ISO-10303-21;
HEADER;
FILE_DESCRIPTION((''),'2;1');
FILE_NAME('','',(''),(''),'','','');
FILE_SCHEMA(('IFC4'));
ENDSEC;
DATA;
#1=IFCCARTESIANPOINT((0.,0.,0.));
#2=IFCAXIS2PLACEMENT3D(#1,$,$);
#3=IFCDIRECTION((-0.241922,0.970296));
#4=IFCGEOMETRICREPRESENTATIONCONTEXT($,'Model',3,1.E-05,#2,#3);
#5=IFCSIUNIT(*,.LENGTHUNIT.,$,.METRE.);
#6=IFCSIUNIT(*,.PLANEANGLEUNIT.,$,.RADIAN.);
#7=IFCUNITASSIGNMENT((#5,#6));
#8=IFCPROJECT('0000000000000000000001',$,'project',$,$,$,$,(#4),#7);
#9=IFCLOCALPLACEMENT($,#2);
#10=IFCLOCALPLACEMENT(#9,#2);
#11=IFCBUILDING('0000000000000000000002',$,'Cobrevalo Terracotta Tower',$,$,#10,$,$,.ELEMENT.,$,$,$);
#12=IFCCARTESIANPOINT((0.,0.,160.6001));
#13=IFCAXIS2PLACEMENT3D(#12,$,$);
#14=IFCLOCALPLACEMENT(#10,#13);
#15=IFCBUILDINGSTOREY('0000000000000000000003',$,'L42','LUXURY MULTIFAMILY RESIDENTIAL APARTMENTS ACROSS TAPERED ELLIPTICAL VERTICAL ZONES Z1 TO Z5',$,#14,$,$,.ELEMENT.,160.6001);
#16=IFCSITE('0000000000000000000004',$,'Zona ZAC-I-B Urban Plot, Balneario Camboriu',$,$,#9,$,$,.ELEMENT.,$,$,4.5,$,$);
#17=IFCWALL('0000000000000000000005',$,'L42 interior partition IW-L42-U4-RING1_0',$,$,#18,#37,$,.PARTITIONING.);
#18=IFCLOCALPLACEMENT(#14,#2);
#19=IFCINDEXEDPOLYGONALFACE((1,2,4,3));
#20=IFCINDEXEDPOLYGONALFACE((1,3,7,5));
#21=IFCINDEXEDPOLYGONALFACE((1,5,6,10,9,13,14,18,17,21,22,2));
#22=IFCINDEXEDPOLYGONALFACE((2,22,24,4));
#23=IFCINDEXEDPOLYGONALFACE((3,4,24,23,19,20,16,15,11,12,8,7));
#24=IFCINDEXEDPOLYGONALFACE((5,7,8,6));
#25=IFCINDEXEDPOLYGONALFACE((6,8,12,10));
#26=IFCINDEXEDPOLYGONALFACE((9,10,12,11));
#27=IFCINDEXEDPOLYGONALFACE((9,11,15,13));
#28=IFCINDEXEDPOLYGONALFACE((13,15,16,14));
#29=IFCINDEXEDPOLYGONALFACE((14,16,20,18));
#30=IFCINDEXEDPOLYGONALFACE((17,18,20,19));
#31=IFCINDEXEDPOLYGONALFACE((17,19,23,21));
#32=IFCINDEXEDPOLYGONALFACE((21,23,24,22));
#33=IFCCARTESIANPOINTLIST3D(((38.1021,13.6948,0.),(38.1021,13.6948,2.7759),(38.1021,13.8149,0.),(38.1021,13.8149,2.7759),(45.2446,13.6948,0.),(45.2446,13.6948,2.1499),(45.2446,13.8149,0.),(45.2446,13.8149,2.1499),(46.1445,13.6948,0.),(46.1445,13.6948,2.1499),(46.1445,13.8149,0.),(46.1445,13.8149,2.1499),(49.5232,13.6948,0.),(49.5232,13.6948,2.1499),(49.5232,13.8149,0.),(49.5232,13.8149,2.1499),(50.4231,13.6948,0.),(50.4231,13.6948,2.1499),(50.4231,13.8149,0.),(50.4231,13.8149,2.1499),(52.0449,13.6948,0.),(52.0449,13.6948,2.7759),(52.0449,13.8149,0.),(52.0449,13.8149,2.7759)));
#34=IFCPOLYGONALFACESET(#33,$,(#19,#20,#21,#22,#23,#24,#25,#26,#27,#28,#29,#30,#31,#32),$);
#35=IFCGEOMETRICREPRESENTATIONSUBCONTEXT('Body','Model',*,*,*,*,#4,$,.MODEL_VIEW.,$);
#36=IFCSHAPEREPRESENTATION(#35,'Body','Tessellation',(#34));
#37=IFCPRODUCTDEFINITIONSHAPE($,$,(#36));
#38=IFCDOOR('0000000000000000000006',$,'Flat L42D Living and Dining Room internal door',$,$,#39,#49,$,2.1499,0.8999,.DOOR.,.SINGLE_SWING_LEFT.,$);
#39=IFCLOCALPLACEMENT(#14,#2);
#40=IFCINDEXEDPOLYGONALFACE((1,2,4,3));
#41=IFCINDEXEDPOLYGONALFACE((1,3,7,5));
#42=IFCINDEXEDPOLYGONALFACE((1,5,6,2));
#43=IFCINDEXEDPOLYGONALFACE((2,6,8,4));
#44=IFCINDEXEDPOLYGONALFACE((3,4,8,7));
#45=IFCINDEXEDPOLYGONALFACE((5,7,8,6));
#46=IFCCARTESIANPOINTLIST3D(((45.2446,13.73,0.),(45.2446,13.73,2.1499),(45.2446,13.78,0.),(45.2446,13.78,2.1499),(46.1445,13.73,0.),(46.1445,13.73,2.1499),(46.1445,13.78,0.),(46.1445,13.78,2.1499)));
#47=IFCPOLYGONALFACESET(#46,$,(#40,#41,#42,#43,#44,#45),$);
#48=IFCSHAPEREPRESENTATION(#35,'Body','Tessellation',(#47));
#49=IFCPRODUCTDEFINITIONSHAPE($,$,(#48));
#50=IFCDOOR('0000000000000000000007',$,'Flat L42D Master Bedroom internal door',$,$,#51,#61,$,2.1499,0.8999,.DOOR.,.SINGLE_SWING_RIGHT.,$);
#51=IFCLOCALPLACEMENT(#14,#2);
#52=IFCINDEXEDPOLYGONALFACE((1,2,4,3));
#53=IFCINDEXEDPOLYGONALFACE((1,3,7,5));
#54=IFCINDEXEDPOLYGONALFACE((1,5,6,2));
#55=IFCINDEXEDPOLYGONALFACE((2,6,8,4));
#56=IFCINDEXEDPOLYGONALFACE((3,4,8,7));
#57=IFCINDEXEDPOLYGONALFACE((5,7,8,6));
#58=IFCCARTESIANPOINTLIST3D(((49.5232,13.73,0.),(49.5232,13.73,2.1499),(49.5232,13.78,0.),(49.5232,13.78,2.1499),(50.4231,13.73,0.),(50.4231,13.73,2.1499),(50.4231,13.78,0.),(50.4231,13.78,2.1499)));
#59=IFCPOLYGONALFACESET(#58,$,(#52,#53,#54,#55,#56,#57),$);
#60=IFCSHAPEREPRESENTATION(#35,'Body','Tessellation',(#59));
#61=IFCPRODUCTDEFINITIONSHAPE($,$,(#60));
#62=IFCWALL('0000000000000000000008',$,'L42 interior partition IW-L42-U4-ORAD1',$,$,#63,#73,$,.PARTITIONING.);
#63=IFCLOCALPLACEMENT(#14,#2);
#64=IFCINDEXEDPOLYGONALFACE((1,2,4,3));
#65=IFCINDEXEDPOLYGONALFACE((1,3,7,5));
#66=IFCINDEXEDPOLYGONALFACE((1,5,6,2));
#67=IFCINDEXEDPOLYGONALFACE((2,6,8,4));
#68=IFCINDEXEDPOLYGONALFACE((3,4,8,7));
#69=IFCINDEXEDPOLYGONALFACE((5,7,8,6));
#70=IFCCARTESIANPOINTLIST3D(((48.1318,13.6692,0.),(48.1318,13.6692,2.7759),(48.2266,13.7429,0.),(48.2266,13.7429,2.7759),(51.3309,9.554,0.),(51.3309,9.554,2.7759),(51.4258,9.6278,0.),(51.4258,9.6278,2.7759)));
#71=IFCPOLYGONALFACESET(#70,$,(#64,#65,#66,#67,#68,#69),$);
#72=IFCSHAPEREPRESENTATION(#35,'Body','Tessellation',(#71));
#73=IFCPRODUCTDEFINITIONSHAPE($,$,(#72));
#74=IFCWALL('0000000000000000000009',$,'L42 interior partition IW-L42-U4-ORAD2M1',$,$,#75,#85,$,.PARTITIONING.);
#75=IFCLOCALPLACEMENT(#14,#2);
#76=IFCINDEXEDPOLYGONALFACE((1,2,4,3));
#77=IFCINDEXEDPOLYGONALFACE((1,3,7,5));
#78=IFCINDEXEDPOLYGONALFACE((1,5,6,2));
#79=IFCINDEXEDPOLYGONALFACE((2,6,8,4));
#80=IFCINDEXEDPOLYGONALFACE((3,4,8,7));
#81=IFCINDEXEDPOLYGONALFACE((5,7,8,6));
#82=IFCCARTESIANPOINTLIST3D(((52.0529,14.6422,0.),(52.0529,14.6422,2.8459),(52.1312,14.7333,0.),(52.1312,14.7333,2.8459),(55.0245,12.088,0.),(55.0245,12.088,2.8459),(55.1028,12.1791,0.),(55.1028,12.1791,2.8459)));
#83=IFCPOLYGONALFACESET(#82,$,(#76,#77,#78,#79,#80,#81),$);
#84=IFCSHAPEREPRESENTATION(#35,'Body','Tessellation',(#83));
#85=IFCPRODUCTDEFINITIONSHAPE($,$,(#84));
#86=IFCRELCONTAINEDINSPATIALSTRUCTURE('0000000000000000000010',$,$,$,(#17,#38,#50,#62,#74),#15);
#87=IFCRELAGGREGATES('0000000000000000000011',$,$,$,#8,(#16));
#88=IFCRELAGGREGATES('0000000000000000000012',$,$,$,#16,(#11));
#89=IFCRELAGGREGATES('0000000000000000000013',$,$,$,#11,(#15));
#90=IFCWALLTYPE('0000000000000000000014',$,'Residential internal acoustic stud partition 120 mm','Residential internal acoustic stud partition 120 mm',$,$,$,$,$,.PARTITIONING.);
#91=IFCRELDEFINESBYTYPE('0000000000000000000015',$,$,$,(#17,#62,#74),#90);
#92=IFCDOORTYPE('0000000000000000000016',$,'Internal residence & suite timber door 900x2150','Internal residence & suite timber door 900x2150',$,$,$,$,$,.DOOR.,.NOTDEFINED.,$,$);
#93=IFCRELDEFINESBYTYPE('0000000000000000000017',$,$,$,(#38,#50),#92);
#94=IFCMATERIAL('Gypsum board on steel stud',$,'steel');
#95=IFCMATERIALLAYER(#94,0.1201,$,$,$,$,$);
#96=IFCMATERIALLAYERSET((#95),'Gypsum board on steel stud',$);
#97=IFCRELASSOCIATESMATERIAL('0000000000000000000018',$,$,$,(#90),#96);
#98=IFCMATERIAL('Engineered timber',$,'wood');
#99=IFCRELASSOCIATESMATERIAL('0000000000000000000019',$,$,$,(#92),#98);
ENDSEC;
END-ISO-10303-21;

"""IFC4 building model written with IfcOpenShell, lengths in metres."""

from ifc_helpers import new_model, si_unit, direction, frame, frame_2d, origin, place, context, subcontext, project, spatial, rectangle, extrude, source, transform, mapped, material, layer, layer_set, type_object, element, fill, save


model = new_model("IFC4")

# Units and contexts
model_context = context("Model", 3, precision=1e-05, world=origin(), true_north=direction((-0.241922, 0.970296)))
body_context = subcontext(model_context, "Body", "Model", "MODEL_VIEW")
ifc_project = project(units=[si_unit("LENGTHUNIT", "METRE"), si_unit("PLANEANGLEUNIT", "RADIAN")], contexts=[model_context])

# Site, building, storey
site_placement = place(None, origin())
site = spatial("IfcSite", under=ifc_project, at=site_placement, Name="Zona ZAC-I-B Urban Plot, Balneario Camboriu", CompositionType="ELEMENT", RefElevation=4.5)
building_placement = place(site_placement, origin())
building = spatial("IfcBuilding", under=site, at=building_placement, Name="Cobrevalo Terracotta Tower", CompositionType="ELEMENT")
storey_placement = place(building_placement, frame((0.0, 0.0, 160.6001)))
storey = spatial("IfcBuildingStorey", under=building, at=storey_placement, Name="L42", Description="LUXURY MULTIFAMILY RESIDENTIAL APARTMENTS ACROSS TAPERED ELLIPTICAL VERTICAL ZONES Z1 TO Z5", CompositionType="ELEMENT", Elevation=160.6001)

# Wall, openings, doors
ifc_material_1 = material(Name="Gypsum board on steel stud", Category="steel")
ifc_layer_1 = layer(ifc_material_1, 0.1201)
ifc_layer_set_1 = layer_set([ifc_layer_1], Name="Gypsum board on steel stud")
wall_type = type_object("IfcWallType", Name="Residential internal acoustic stud partition 120 mm", Description="Residential internal acoustic stud partition 120 mm", PredefinedType="PARTITIONING", material=ifc_layer_set_1)
wall_1_placement = place(storey_placement, frame((52.0449, 13.7549, 0.0), z_axis=(0.0, 0.0, 1.0), x_axis=(-1.0, 0.0, 0.0)))
wall_1 = element("IfcWall", 1, at=wall_1_placement, inside=storey, type_object=wall_type, Name="L42 interior partition IW-L42-U4-RING1_0", PredefinedType="PARTITIONING", context=body_context, shape_type="SweptSolid", body=[
    extrude(rectangle(XDim=13.9429, YDim=0.1201, at=frame_2d((6.9714, 0.0))), origin(), (0.0, 0.0, 1.0), 2.7759),
])
opening_1_placement = place(wall_1_placement, frame((5.9004, 0.0, 0.0)))
opening_1 = element("IfcOpeningElement", 2, at=opening_1_placement, cuts=wall_1, PredefinedType="OPENING", context=body_context, shape_type="SweptSolid", body=[
    extrude(rectangle(XDim=0.8999, YDim=2.1499, at=frame_2d((0.45, 1.075))), frame((0.0, 0.0701, 0.0), z_axis=(0.0, -1.0, 0.0), x_axis=(1.0, 0.0, 0.0)), (0.0, 0.0, 1.0), 0.1401),
])
opening_2_placement = place(wall_1_placement, frame((1.6218, 0.0, 0.0)))
opening_2 = element("IfcOpeningElement", 3, at=opening_2_placement, cuts=wall_1, PredefinedType="OPENING", context=body_context, shape_type="SweptSolid", body=[
    extrude(rectangle(XDim=0.8999, YDim=2.1499, at=frame_2d((0.45, 1.075))), frame((0.0, 0.0701, 0.0), z_axis=(0.0, -1.0, 0.0), x_axis=(1.0, 0.0, 0.0)), (0.0, 0.0, 1.0), 0.1401),
])
ifc_material_2 = material(Name="Engineered timber", Category="wood")
door_type = type_object("IfcDoorType", Name="Internal residence & suite timber door 900x2150", Description="Internal residence & suite timber door 900x2150", OperationType="NOTDEFINED", PredefinedType="DOOR", material=ifc_material_2)
shared_shape_1 = source(origin(), body_context, "Body", "SweptSolid", [
    extrude(rectangle(XDim=0.8999, YDim=2.1499, at=frame_2d((0.45, 1.075))), frame((0.0, 0.0249, 0.0), z_axis=(0.0, -1.0, 0.0), x_axis=(1.0, 0.0, 0.0)), (0.0, 0.0, 1.0), 0.05),
])
door_1_placement = place(opening_1_placement, origin())
door_1 = element("IfcDoor", 4, at=door_1_placement, inside=storey, type_object=door_type, Name="Flat L42D Living and Dining Room internal door", OperationType="SINGLE_SWING_LEFT", OverallHeight=2.1499, OverallWidth=0.8999, PredefinedType="DOOR", context=body_context, shape_type="MappedRepresentation", body=[
    mapped(shared_shape_1, transform((0.0, 0.0, 0.0), scale=1.0)),
])
fill(opening_1, door_1)
door_2_placement = place(opening_2_placement, origin())
door_2 = element("IfcDoor", 5, at=door_2_placement, inside=storey, type_object=door_type, Name="Flat L42D Master Bedroom internal door", OperationType="SINGLE_SWING_RIGHT", OverallHeight=2.1499, OverallWidth=0.8999, PredefinedType="DOOR", context=body_context, shape_type="MappedRepresentation", body=[
    mapped(shared_shape_1, transform((0.0, 0.0, 0.0), scale=1.0)),
])
fill(opening_2, door_2)

# Walls
wall_2_placement = place(storey_placement, frame((48.1792, 13.7061, 0.0), z_axis=(0.0, 0.0, 1.0), x_axis=(0.613759, -0.789493, 0.0)))
element("IfcWall", 6, at=wall_2_placement, inside=storey, type_object=wall_type, Name="L42 interior partition IW-L42-U4-ORAD1", PredefinedType="PARTITIONING", context=body_context, shape_type="SweptSolid", body=[
    extrude(rectangle(XDim=5.2124, YDim=0.1201, at=frame_2d((2.6062, 0.0))), origin(), (0.0, 0.0, 1.0), 2.7759),
])
wall_3_placement = place(storey_placement, frame((52.092, 14.6877, 0.0), z_axis=(0.0, 0.0, 1.0), x_axis=(0.758368, -0.651827, 0.0)))
element("IfcWall", 7, at=wall_3_placement, inside=storey, type_object=wall_type, Name="L42 interior partition IW-L42-U4-ORAD2M1", PredefinedType="PARTITIONING", context=body_context, shape_type="SweptSolid", body=[
    extrude(rectangle(XDim=3.9185, YDim=0.1201, at=frame_2d((1.9592, 0.0))), origin(), (0.0, 0.0, 1.0), 2.8459),
])

save(model, "model.ifc")
